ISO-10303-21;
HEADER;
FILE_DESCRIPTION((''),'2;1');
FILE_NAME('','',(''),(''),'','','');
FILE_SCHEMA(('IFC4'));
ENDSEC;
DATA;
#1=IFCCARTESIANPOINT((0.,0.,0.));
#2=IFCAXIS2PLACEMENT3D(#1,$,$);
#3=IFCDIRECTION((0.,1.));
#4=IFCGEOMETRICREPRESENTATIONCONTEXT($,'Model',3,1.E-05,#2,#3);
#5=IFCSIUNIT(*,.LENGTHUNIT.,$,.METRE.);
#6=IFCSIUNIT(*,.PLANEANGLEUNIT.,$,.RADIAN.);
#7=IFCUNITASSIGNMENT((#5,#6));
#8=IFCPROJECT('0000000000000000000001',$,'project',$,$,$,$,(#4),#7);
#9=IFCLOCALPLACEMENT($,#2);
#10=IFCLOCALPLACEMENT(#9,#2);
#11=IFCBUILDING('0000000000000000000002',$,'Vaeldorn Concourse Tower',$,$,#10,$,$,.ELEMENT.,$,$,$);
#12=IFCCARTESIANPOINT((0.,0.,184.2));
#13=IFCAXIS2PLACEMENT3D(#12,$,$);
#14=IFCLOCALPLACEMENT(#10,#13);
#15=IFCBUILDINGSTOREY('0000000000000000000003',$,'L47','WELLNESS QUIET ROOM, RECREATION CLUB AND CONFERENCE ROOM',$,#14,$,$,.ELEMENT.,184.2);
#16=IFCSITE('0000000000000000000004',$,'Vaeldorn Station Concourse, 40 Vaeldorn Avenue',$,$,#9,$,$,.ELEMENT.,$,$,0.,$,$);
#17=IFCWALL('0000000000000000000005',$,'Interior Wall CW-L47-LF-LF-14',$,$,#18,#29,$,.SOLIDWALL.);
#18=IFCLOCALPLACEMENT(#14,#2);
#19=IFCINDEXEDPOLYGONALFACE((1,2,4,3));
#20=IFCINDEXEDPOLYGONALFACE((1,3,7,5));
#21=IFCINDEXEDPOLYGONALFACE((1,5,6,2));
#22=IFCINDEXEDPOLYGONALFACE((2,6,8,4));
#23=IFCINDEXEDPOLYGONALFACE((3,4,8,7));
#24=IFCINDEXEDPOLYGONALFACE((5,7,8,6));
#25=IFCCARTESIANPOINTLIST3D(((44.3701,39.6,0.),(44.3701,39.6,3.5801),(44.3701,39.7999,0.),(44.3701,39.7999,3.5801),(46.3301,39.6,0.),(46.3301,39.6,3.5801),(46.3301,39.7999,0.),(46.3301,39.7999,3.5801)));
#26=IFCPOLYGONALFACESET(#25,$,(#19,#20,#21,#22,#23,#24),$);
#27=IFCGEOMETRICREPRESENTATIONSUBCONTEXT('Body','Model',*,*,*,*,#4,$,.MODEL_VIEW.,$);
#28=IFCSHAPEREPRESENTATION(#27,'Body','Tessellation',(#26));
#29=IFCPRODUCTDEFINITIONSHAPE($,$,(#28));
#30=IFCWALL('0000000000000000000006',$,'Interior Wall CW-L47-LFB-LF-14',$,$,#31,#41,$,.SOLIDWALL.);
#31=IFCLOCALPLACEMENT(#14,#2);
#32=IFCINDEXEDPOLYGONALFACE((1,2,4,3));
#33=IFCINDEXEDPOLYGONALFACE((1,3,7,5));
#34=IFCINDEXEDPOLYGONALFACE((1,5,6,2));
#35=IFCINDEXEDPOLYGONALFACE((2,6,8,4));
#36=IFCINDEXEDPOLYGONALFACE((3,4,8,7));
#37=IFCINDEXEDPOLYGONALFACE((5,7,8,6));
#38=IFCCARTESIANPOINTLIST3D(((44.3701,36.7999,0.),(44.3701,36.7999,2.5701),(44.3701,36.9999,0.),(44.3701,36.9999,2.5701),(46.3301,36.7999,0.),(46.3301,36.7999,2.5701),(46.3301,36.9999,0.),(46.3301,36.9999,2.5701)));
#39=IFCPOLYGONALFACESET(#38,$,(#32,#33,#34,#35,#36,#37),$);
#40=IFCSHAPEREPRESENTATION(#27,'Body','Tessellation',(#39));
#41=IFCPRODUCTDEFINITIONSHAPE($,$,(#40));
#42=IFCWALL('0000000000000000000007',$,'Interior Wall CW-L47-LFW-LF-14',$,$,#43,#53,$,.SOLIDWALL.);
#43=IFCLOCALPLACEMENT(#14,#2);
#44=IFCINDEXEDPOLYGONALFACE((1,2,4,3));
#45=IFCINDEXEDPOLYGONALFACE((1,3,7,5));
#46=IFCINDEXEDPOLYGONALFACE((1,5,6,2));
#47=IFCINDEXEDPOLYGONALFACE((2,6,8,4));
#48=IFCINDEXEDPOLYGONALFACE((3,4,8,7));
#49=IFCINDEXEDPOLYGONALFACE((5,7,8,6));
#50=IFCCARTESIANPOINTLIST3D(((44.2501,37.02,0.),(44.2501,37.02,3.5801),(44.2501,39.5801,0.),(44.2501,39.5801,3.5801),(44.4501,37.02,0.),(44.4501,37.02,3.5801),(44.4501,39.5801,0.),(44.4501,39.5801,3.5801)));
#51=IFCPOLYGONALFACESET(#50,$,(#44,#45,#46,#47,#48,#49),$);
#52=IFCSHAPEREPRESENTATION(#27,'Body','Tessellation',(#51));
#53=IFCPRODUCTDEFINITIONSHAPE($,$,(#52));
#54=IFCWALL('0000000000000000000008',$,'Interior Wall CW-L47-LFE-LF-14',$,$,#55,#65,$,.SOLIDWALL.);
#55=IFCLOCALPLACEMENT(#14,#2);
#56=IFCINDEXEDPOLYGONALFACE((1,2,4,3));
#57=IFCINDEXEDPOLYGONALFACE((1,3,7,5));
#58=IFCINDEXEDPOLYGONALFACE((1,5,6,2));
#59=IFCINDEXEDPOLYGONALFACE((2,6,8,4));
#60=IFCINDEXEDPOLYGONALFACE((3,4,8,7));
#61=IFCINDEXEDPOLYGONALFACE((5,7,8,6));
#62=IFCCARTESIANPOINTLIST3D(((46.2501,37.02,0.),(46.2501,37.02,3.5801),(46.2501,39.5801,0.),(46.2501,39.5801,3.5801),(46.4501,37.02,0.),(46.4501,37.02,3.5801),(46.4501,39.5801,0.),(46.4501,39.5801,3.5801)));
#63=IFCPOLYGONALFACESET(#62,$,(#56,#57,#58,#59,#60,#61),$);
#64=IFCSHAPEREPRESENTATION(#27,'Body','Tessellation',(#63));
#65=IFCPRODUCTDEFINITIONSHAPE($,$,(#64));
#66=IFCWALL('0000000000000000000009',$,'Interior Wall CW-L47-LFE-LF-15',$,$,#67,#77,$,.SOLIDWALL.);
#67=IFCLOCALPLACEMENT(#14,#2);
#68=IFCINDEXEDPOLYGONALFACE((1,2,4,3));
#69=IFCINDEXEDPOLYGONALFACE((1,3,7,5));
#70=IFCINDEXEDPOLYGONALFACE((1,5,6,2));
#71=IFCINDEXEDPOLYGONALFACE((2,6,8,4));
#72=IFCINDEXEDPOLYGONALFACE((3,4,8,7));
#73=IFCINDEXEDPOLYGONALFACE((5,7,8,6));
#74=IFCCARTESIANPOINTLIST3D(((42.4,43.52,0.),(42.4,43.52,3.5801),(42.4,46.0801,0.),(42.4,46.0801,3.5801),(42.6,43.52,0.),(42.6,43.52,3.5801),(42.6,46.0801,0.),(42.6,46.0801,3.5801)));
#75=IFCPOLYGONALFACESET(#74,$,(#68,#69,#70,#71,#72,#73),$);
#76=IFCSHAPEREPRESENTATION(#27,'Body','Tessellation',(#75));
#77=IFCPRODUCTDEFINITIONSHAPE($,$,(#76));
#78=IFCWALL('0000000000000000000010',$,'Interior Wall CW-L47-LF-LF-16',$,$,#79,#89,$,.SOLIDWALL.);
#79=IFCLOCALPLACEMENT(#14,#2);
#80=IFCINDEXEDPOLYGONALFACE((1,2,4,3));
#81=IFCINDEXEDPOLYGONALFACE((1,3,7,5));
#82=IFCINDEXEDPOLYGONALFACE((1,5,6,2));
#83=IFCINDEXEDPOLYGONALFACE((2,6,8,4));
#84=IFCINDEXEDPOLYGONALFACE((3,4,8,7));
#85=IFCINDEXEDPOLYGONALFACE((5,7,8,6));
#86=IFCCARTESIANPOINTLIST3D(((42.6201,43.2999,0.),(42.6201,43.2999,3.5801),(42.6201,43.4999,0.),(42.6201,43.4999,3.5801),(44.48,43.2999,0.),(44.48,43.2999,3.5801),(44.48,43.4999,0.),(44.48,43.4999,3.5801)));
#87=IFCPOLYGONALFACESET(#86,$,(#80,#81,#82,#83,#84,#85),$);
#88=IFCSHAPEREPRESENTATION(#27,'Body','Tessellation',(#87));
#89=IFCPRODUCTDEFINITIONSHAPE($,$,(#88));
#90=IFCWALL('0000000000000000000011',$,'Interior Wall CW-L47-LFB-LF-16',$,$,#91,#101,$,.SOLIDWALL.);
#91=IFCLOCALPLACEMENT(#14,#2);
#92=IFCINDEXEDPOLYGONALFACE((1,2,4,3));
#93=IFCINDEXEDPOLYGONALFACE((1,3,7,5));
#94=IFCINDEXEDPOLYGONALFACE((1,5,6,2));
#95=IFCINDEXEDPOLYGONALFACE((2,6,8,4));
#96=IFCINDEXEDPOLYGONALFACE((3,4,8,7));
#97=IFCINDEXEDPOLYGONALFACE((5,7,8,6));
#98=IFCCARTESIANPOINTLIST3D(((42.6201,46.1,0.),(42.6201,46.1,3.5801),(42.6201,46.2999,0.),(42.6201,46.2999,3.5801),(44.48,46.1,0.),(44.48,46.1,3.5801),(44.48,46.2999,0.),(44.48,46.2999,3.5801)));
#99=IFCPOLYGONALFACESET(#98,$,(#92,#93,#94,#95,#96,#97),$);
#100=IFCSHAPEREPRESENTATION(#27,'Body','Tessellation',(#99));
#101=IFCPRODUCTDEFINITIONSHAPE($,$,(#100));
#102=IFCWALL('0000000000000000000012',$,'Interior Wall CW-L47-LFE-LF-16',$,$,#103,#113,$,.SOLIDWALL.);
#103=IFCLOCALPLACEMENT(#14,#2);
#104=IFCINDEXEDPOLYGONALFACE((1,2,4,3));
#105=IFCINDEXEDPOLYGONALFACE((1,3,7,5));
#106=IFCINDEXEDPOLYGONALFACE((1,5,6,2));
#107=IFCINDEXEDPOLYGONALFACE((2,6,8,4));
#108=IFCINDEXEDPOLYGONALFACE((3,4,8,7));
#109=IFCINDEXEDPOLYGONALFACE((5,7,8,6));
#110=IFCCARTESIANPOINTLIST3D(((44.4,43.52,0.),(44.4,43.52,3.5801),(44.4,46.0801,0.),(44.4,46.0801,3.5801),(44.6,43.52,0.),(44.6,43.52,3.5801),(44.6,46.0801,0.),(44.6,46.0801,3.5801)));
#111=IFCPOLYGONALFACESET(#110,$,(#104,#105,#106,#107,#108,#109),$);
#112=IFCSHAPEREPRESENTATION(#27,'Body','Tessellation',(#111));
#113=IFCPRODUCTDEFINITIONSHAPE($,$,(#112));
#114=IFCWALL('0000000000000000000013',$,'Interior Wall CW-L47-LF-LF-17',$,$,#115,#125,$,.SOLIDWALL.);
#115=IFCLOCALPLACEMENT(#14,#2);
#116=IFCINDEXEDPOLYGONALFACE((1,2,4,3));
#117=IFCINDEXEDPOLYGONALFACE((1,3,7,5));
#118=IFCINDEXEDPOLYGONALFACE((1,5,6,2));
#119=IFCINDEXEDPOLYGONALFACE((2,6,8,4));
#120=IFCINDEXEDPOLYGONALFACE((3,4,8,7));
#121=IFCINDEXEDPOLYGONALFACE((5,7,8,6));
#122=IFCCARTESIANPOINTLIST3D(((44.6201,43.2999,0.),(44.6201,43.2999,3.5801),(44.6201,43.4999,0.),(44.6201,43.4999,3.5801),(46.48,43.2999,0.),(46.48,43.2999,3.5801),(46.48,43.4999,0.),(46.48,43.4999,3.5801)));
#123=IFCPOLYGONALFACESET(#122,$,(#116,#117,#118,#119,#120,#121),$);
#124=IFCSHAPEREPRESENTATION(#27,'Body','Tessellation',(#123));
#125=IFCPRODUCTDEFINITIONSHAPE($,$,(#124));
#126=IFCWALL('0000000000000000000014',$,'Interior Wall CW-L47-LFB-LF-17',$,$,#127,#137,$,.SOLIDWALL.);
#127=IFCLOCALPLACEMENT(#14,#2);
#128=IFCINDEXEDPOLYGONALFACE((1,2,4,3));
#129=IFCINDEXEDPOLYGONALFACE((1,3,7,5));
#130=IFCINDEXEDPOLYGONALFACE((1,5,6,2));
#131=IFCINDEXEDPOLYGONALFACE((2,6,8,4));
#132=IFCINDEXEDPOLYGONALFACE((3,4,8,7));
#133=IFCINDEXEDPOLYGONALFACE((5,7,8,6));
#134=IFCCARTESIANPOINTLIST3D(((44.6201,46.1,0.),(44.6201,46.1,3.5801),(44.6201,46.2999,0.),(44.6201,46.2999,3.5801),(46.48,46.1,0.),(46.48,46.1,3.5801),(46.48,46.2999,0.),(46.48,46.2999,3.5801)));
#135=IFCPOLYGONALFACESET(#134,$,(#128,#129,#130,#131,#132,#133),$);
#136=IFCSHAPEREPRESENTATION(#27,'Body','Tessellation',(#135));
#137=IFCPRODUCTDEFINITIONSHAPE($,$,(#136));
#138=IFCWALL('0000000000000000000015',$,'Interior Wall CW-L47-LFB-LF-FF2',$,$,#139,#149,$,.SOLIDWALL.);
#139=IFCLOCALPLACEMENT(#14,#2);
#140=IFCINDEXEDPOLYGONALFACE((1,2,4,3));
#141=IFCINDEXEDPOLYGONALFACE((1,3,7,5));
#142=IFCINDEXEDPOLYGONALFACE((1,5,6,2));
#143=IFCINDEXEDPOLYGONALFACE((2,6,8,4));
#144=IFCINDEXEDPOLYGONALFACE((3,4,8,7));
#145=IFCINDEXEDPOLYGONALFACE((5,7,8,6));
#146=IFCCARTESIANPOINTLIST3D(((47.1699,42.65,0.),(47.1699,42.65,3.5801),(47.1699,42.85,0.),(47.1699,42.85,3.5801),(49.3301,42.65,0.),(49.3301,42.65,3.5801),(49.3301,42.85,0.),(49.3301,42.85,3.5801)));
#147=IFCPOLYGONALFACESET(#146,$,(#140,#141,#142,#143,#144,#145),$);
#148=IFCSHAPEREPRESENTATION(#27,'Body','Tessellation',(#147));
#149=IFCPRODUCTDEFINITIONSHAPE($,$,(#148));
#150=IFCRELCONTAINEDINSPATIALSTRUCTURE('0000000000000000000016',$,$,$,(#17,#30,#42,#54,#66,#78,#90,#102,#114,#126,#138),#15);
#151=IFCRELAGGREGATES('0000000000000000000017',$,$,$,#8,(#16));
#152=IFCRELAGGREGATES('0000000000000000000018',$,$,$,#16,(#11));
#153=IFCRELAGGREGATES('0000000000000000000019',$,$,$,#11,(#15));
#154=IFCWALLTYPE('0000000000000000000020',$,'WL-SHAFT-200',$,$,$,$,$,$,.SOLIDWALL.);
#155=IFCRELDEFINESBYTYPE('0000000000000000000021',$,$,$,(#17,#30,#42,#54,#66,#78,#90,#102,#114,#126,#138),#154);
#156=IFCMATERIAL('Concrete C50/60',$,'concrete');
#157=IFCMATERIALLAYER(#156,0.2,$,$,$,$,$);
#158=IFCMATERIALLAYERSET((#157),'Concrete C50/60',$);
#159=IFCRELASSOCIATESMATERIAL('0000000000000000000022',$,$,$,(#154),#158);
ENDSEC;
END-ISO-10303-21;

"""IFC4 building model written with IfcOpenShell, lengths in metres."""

from ifc_helpers import new_model, si_unit, direction, frame, frame_2d, origin, place, context, subcontext, project, spatial, rectangle, extrude, material, layer, layer_set, type_object, element, save


model = new_model("IFC4")

# Units and contexts
model_context = context("Model", 3, precision=1e-05, world=origin(), true_north=direction((0.0, 1.0)))
body_context = subcontext(model_context, "Body", "Model", "MODEL_VIEW")
ifc_project = project(units=[si_unit("LENGTHUNIT", "METRE"), si_unit("PLANEANGLEUNIT", "RADIAN")], contexts=[model_context])

# Site, building, storey
site_placement = place(None, origin())
site = spatial("IfcSite", under=ifc_project, at=site_placement, Name="Vaeldorn Station Concourse, 40 Vaeldorn Avenue", CompositionType="ELEMENT", RefElevation=0.0)
building_placement = place(site_placement, origin())
building = spatial("IfcBuilding", under=site, at=building_placement, Name="Vaeldorn Concourse Tower", CompositionType="ELEMENT")
storey_placement = place(building_placement, frame((0.0, 0.0, 184.2)))
storey = spatial("IfcBuildingStorey", under=building, at=storey_placement, Name="L47", Description="WELLNESS QUIET ROOM, RECREATION CLUB AND CONFERENCE ROOM", CompositionType="ELEMENT", Elevation=184.2)

# Shared definitions
ifc_material_1 = material(Name="Concrete C50/60", Category="concrete")

# Shared definitions
ifc_layer_1 = layer(ifc_material_1, 0.2)
ifc_layer_set_1 = layer_set([ifc_layer_1], Name="Concrete C50/60")
wall_type_1 = type_object("IfcWallType", Name="WL-SHAFT-200", PredefinedType="SOLIDWALL", material=ifc_layer_set_1)

# Walls
wall_1_placement = place(storey_placement, frame((44.3701, 39.7, 0.0), z_axis=(0.0, 0.0, 1.0), x_axis=(1.0, 0.0, 0.0)))
element("IfcWall", 1, at=wall_1_placement, inside=storey, type_object=wall_type_1, Name="Interior Wall CW-L47-LF-LF-14", PredefinedType="SOLIDWALL", context=body_context, shape_type="SweptSolid", body=[
    extrude(rectangle(XDim=1.96, YDim=0.2, at=frame_2d((0.98, 0.0))), origin(), (0.0, 0.0, 1.0), 3.5801),
])
wall_2_placement = place(storey_placement, frame((44.3701, 36.8999, 0.0), z_axis=(0.0, 0.0, 1.0), x_axis=(1.0, 0.0, 0.0)))
element("IfcWall", 2, at=wall_2_placement, inside=storey, type_object=wall_type_1, Name="Interior Wall CW-L47-LFB-LF-14", PredefinedType="SOLIDWALL", context=body_context, shape_type="SweptSolid", body=[
    extrude(rectangle(XDim=1.96, YDim=0.2, at=frame_2d((0.98, 0.0))), origin(), (0.0, 0.0, 1.0), 2.5701),
])
for number, where, z_axis, x_axis, name in (
    (3, (44.3501, 37.02, 0.0), (0.0, 0.0, 1.0), (0.0, 1.0, 0.0), "Interior Wall CW-L47-LFW-LF-14"),
    (4, (46.3501, 37.02, 0.0), (0.0, 0.0, 1.0), (0.0, 1.0, 0.0), "Interior Wall CW-L47-LFE-LF-14"),
    (5, (42.5, 43.52, 0.0), (0.0, 0.0, 1.0), (0.0, 1.0, 0.0), "Interior Wall CW-L47-LFE-LF-15"),
):
    element("IfcWall", number, at=place(storey_placement, frame(where, z_axis=z_axis, x_axis=x_axis)), inside=storey, type_object=wall_type_1, Name=name, PredefinedType="SOLIDWALL", context=body_context, shape_type="SweptSolid", body=[
        extrude(rectangle(XDim=2.5601, YDim=0.2, at=frame_2d((1.28, 0.0))), origin(), (0.0, 0.0, 1.0), 3.5801),
    ])
for number, where, z_axis, x_axis, name in (
    (6, (42.6201, 43.3999, 0.0), (0.0, 0.0, 1.0), (1.0, 0.0, 0.0), "Interior Wall CW-L47-LF-LF-16"),
    (7, (42.6201, 46.2, 0.0), (0.0, 0.0, 1.0), (1.0, 0.0, 0.0), "Interior Wall CW-L47-LFB-LF-16"),
):
    element("IfcWall", number, at=place(storey_placement, frame(where, z_axis=z_axis, x_axis=x_axis)), inside=storey, type_object=wall_type_1, Name=name, PredefinedType="SOLIDWALL", context=body_context, shape_type="SweptSolid", body=[
        extrude(rectangle(XDim=1.8599, YDim=0.2, at=frame_2d((0.9299, 0.0))), origin(), (0.0, 0.0, 1.0), 3.5801),
    ])
wall_3_placement = place(storey_placement, frame((44.5, 43.52, 0.0), z_axis=(0.0, 0.0, 1.0), x_axis=(0.0, 1.0, 0.0)))
element("IfcWall", 8, at=wall_3_placement, inside=storey, type_object=wall_type_1, Name="Interior Wall CW-L47-LFE-LF-16", PredefinedType="SOLIDWALL", context=body_context, shape_type="SweptSolid", body=[
    extrude(rectangle(XDim=2.5601, YDim=0.2, at=frame_2d((1.28, 0.0))), origin(), (0.0, 0.0, 1.0), 3.5801),
])
for number, where, z_axis, x_axis, name in (
    (9, (44.6201, 43.3999, 0.0), (0.0, 0.0, 1.0), (1.0, 0.0, 0.0), "Interior Wall CW-L47-LF-LF-17"),
    (10, (44.6201, 46.2, 0.0), (0.0, 0.0, 1.0), (1.0, 0.0, 0.0), "Interior Wall CW-L47-LFB-LF-17"),
):
    element("IfcWall", number, at=place(storey_placement, frame(where, z_axis=z_axis, x_axis=x_axis)), inside=storey, type_object=wall_type_1, Name=name, PredefinedType="SOLIDWALL", context=body_context, shape_type="SweptSolid", body=[
        extrude(rectangle(XDim=1.8599, YDim=0.2, at=frame_2d((0.9299, 0.0))), origin(), (0.0, 0.0, 1.0), 3.5801),
    ])

# Wall
wall_4_placement = place(storey_placement, frame((47.1699, 42.75, 0.0), z_axis=(0.0, 0.0, 1.0), x_axis=(1.0, 0.0, 0.0)))
element("IfcWall", 11, at=wall_4_placement, inside=storey, type_object=wall_type_1, Name="Interior Wall CW-L47-LFB-LF-FF2", PredefinedType="SOLIDWALL", context=body_context, shape_type="SweptSolid", body=[
    extrude(rectangle(XDim=2.1602, YDim=0.2, at=frame_2d((1.0801, 0.0))), origin(), (0.0, 0.0, 1.0), 3.5801),
])

save(model, "model.ifc")
